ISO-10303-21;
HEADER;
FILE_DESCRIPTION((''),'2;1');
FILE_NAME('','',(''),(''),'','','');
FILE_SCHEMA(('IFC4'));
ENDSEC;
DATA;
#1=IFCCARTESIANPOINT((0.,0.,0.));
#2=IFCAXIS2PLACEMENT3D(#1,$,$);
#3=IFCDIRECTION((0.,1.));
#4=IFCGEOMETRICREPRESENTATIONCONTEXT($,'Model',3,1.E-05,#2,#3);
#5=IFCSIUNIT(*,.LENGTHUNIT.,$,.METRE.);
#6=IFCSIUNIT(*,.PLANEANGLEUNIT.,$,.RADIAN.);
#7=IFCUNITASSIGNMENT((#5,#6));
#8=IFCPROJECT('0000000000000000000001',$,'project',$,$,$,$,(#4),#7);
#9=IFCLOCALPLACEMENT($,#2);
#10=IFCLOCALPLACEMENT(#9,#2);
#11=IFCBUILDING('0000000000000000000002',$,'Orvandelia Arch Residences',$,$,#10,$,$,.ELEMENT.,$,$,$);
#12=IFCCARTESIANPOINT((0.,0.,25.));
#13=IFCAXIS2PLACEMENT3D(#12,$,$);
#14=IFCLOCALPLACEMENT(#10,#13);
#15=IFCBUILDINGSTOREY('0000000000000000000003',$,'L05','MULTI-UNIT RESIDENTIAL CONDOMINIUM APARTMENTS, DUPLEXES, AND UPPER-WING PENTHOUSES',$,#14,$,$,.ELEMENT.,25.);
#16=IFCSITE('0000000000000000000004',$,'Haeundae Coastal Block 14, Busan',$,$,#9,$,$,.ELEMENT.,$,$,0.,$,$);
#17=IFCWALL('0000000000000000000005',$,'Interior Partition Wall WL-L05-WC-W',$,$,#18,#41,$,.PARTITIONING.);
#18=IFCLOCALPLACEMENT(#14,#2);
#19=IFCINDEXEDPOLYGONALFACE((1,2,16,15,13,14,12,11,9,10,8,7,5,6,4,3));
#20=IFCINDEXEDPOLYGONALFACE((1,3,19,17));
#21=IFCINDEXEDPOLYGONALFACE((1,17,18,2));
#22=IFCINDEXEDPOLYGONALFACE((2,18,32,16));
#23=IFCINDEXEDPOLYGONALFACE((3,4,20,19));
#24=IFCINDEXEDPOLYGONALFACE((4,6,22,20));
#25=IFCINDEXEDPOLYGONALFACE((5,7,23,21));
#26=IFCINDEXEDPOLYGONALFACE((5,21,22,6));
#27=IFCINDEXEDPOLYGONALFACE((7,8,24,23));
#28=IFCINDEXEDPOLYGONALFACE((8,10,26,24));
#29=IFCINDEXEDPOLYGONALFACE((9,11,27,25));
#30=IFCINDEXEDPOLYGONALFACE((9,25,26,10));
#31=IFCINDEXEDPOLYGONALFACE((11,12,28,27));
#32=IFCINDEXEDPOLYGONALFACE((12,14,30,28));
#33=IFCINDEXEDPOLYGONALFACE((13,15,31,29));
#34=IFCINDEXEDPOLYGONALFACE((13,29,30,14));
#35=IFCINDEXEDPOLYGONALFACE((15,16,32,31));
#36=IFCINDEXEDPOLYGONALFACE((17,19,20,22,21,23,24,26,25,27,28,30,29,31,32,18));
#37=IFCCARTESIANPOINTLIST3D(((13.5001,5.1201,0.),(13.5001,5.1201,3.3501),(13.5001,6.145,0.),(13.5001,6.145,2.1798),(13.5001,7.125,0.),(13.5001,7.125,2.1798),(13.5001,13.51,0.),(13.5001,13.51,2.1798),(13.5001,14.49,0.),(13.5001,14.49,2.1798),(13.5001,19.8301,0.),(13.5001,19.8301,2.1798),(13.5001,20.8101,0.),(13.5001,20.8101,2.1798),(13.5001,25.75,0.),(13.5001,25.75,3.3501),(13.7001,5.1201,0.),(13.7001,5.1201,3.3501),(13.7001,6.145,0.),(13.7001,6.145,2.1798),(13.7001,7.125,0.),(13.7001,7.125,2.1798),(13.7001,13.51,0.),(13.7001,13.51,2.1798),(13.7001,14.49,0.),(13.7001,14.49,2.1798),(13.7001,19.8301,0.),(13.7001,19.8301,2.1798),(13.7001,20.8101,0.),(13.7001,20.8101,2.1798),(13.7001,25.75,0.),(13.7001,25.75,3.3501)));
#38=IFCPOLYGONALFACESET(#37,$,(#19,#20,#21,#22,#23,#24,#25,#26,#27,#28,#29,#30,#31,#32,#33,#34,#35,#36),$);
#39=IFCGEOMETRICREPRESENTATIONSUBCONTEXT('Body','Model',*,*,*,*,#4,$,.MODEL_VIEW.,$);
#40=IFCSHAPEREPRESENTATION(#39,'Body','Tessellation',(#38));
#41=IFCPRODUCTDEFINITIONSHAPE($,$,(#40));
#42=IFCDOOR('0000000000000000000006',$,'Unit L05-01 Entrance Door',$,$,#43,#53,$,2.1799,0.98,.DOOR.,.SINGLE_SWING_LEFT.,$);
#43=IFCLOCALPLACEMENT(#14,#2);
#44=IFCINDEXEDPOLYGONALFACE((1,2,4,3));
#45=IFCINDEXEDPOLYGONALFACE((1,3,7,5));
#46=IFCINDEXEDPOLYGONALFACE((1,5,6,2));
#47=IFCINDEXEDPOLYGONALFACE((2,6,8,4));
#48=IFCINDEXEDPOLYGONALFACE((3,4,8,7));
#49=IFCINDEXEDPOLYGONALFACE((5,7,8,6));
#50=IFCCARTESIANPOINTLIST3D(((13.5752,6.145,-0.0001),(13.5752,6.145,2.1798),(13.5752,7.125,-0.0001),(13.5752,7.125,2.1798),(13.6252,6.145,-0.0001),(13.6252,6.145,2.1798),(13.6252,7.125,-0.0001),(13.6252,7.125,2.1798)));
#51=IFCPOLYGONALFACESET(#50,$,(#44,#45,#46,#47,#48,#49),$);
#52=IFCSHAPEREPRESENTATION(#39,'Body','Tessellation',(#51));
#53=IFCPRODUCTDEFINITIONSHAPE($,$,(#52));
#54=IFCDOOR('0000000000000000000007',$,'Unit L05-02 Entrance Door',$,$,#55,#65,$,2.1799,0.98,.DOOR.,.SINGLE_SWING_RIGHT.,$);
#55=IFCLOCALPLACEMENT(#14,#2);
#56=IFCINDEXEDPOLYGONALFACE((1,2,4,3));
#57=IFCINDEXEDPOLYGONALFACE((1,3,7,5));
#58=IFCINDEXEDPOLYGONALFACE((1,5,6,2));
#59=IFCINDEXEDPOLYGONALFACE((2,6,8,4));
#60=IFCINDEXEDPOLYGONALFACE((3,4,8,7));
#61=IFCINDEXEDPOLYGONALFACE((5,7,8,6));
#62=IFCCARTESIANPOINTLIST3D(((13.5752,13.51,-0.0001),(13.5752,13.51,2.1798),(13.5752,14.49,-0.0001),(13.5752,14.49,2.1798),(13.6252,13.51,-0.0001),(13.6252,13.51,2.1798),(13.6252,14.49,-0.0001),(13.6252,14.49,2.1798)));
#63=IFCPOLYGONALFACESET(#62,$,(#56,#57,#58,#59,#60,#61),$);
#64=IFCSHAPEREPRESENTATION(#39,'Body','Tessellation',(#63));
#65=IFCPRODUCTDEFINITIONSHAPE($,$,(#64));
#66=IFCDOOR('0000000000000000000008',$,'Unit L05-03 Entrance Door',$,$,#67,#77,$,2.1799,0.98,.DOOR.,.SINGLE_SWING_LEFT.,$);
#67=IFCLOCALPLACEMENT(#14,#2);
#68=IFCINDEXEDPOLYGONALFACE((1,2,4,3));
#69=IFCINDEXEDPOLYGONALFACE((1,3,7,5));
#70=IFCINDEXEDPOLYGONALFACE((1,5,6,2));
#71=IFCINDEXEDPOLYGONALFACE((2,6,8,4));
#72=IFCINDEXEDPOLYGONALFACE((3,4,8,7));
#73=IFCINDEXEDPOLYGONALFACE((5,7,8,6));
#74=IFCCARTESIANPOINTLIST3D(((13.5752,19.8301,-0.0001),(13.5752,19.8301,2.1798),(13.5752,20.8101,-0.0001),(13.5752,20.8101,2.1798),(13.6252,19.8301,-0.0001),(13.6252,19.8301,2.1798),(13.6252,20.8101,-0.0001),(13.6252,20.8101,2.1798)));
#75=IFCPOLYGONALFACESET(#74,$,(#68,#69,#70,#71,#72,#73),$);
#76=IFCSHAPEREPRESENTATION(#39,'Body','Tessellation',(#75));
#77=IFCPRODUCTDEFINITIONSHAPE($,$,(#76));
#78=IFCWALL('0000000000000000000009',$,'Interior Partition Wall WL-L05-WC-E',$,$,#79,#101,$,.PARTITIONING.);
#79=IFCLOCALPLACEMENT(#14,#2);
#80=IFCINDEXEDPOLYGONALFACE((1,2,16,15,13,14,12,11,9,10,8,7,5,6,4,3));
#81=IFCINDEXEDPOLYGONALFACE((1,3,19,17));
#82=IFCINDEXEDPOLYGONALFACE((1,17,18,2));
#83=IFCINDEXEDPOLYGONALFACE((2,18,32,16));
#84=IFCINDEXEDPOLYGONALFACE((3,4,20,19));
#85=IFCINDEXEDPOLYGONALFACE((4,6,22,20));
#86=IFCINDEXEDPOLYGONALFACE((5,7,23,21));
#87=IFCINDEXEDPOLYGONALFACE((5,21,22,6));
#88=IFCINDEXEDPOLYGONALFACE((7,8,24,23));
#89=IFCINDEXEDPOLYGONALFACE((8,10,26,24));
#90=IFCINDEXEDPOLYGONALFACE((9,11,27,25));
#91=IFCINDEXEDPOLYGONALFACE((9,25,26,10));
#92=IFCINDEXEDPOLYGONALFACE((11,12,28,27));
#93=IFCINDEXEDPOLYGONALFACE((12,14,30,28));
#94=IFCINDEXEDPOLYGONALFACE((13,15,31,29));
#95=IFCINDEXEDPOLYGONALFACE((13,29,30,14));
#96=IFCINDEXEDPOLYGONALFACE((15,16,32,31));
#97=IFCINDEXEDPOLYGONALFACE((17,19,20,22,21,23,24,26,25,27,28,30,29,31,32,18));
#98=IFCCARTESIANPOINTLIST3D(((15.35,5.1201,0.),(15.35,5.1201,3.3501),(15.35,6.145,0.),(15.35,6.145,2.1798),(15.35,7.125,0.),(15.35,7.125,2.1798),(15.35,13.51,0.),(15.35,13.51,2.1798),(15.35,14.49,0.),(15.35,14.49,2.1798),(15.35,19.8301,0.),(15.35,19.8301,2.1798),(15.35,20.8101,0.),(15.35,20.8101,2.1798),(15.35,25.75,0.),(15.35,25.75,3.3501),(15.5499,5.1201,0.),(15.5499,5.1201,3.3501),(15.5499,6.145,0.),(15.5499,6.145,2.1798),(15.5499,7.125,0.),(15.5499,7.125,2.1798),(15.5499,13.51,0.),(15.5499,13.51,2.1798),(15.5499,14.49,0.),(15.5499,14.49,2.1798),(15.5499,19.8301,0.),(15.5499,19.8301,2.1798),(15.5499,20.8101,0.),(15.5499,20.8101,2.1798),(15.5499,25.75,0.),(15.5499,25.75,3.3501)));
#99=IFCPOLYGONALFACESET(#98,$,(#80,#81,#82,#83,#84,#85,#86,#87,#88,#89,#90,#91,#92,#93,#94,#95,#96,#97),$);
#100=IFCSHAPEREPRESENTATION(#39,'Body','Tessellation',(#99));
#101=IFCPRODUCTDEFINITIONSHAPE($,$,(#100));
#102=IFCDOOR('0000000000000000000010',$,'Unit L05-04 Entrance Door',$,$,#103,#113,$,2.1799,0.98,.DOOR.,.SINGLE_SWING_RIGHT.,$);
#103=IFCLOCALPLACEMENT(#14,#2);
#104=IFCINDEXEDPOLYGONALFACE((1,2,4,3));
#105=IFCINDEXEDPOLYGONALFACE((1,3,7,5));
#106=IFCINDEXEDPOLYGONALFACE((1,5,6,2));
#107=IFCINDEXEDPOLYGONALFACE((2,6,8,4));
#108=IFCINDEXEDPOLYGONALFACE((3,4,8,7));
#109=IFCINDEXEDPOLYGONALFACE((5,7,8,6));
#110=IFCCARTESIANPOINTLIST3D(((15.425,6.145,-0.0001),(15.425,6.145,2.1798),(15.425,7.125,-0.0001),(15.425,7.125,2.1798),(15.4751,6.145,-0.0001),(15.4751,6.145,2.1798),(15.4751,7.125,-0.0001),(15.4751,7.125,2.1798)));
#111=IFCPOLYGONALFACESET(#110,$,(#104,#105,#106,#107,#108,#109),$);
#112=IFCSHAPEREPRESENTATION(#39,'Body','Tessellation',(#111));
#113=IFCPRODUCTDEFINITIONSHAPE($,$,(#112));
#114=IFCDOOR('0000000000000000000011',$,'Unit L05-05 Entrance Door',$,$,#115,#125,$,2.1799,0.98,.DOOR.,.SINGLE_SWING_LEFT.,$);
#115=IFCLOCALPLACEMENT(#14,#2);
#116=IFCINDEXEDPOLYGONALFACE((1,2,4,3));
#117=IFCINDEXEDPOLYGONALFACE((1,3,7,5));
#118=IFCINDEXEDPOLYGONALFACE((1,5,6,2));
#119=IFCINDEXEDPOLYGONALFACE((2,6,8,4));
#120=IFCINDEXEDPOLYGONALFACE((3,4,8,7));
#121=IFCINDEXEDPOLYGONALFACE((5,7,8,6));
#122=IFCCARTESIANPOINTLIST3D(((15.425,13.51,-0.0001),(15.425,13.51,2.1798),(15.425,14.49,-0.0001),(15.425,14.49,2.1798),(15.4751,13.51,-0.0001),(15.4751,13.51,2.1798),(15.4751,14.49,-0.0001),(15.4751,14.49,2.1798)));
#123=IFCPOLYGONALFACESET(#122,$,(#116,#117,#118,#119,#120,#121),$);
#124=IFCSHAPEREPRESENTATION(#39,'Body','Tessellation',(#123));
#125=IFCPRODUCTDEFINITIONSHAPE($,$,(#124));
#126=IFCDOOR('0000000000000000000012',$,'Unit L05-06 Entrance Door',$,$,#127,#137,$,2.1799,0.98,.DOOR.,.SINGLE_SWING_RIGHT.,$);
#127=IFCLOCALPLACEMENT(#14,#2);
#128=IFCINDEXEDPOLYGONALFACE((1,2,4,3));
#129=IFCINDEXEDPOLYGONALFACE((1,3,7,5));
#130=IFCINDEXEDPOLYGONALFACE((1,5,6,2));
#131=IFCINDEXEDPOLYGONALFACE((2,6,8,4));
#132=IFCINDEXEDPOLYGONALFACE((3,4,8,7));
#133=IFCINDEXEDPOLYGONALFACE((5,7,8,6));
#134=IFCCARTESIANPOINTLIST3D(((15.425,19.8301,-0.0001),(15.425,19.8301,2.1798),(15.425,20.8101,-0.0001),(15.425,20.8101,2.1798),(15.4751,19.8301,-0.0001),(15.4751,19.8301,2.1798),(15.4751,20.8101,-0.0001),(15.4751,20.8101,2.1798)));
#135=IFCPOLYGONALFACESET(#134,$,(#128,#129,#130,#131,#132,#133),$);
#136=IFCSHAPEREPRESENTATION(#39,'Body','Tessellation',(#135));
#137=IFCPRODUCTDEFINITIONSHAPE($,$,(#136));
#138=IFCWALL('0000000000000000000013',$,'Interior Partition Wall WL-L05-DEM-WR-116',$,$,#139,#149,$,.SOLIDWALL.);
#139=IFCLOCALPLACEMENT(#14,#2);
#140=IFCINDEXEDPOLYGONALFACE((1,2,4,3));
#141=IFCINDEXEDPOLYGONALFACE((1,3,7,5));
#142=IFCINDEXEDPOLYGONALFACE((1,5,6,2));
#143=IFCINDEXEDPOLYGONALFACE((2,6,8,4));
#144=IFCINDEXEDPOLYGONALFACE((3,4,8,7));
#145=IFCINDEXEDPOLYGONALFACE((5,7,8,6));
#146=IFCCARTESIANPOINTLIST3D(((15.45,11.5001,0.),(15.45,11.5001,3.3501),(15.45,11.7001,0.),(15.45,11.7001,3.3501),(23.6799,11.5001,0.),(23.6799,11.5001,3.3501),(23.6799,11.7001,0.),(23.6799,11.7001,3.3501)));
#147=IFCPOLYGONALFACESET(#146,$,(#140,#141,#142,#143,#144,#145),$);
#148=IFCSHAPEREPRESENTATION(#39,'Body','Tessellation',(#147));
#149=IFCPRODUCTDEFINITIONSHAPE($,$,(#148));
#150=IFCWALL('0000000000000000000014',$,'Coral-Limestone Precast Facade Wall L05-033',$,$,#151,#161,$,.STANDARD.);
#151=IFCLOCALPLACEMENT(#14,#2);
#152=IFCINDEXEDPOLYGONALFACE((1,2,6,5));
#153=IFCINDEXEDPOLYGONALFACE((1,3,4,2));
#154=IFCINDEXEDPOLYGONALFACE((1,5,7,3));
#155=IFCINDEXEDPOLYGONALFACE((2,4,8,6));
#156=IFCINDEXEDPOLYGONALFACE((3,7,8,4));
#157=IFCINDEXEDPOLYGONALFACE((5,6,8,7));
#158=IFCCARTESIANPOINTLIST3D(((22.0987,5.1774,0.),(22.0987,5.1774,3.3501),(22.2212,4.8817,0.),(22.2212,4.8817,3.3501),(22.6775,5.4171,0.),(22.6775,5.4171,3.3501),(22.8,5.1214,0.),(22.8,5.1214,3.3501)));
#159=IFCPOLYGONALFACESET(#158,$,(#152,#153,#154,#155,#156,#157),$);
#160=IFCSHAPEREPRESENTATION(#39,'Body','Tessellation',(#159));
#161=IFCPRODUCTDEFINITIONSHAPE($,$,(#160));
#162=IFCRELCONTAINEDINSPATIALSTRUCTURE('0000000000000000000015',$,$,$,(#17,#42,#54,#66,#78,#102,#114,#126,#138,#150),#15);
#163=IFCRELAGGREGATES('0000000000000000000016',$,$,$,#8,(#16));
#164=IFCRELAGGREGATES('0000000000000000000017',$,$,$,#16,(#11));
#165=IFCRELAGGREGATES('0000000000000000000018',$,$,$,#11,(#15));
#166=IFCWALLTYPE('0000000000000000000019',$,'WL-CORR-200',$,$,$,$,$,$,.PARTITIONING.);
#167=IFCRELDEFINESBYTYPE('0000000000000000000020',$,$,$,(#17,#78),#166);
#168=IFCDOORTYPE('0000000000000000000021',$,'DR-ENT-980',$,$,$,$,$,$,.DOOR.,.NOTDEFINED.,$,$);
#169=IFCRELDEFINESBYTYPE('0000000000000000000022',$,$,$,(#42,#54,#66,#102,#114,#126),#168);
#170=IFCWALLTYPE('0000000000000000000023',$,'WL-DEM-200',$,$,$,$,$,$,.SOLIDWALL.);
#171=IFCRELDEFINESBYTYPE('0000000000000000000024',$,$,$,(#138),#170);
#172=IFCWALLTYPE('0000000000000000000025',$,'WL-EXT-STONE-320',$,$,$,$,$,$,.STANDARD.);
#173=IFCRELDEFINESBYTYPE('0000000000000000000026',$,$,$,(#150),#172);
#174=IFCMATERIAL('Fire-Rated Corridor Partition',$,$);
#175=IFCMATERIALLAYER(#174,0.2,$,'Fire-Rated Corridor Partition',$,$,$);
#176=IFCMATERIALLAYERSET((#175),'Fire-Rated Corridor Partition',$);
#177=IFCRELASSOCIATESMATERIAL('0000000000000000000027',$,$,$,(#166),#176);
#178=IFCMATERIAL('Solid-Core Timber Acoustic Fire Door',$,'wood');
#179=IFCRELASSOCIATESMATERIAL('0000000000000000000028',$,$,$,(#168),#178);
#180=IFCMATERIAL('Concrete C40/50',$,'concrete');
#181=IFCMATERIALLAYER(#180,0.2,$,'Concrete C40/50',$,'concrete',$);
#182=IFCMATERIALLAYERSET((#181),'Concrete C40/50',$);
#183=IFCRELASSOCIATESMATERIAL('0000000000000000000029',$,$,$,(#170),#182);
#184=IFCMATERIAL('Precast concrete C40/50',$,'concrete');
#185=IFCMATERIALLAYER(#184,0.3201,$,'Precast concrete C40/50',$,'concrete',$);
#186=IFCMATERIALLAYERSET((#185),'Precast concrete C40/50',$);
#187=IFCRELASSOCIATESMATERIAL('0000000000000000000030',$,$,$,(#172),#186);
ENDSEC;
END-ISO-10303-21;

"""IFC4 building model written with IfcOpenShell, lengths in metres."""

from ifc_helpers import new_model, si_unit, direction, frame, frame_2d, origin, place, context, subcontext, project, spatial, rectangle, extrude, material, layer, layer_set, type_object, element, fill, save


model = new_model("IFC4")

# Units and contexts
model_context = context("Model", 3, precision=1e-05, world=origin(), true_north=direction((0.0, 1.0)))
body_context = subcontext(model_context, "Body", "Model", "MODEL_VIEW")
ifc_project = project(units=[si_unit("LENGTHUNIT", "METRE"), si_unit("PLANEANGLEUNIT", "RADIAN")], contexts=[model_context])

# Site, building, storey
site_placement = place(None, origin())
site = spatial("IfcSite", under=ifc_project, at=site_placement, Name="Haeundae Coastal Block 14, Busan", CompositionType="ELEMENT", RefElevation=0.0)
building_placement = place(site_placement, origin())
building = spatial("IfcBuilding", under=site, at=building_placement, Name="Orvandelia Arch Residences", CompositionType="ELEMENT")
storey_placement = place(building_placement, frame((0.0, 0.0, 25.0)))
storey = spatial("IfcBuildingStorey", under=building, at=storey_placement, Name="L05", Description="MULTI-UNIT RESIDENTIAL CONDOMINIUM APARTMENTS, DUPLEXES, AND UPPER-WING PENTHOUSES", CompositionType="ELEMENT", Elevation=25.0)

# Walls, openings, doors
ifc_material_1 = material(Name="Fire-Rated Corridor Partition")
ifc_layer_1 = layer(ifc_material_1, 0.2, Name="Fire-Rated Corridor Partition")
ifc_layer_set_1 = layer_set([ifc_layer_1], Name="Fire-Rated Corridor Partition")
wall_type_1 = type_object("IfcWallType", Name="WL-CORR-200", PredefinedType="PARTITIONING", material=ifc_layer_set_1)
wall_1_placement = place(storey_placement, frame((13.6001, 5.1201, 0.0), z_axis=(0.0, 0.0, 1.0), x_axis=(0.0, 1.0, 0.0)))
wall_1 = element("IfcWall", 1, at=wall_1_placement, inside=storey, type_object=wall_type_1, Name="Interior Partition Wall WL-L05-WC-W", PredefinedType="PARTITIONING", context=body_context, shape_type="SweptSolid", body=[
    extrude(rectangle(XDim=20.6299, YDim=0.2, at=frame_2d((10.3149, 0.0))), origin(), (0.0, 0.0, 1.0), 3.3501),
])
opening_1_placement = place(wall_1_placement, frame((1.0249, 0.0, 0.0)))
opening_1 = element("IfcOpeningElement", 2, at=opening_1_placement, cuts=wall_1, PredefinedType="OPENING", context=body_context, shape_type="SweptSolid", body=[
    extrude(rectangle(XDim=0.98, YDim=2.1799, at=frame_2d((0.49, 1.0898))), frame((0.0, 0.1099, 0.0), z_axis=(0.0, -1.0, 0.0), x_axis=(1.0, 0.0, 0.0)), (0.0, 0.0, 1.0), 0.22),
])
opening_2_placement = place(wall_1_placement, frame((8.3899, 0.0, 0.0)))
opening_2 = element("IfcOpeningElement", 3, at=opening_2_placement, cuts=wall_1, PredefinedType="OPENING", context=body_context, shape_type="SweptSolid", body=[
    extrude(rectangle(XDim=0.98, YDim=2.1799, at=frame_2d((0.49, 1.0898))), frame((0.0, 0.1099, 0.0), z_axis=(0.0, -1.0, 0.0), x_axis=(1.0, 0.0, 0.0)), (0.0, 0.0, 1.0), 0.22),
])
opening_3_placement = place(wall_1_placement, frame((14.71, 0.0, 0.0)))
opening_3 = element("IfcOpeningElement", 4, at=opening_3_placement, cuts=wall_1, PredefinedType="OPENING", context=body_context, shape_type="SweptSolid", body=[
    extrude(rectangle(XDim=0.98, YDim=2.1799, at=frame_2d((0.49, 1.0898))), frame((0.0, 0.1099, 0.0), z_axis=(0.0, -1.0, 0.0), x_axis=(1.0, 0.0, 0.0)), (0.0, 0.0, 1.0), 0.22),
])
ifc_material_2 = material(Name="Solid-Core Timber Acoustic Fire Door", Category="wood")
door_type_1 = type_object("IfcDoorType", Name="DR-ENT-980", OperationType="NOTDEFINED", PredefinedType="DOOR", material=ifc_material_2)
door_1_placement = place(opening_1_placement, origin())
door_1 = element("IfcDoor", 5, at=door_1_placement, inside=storey, type_object=door_type_1, Name="Unit L05-01 Entrance Door", OperationType="SINGLE_SWING_LEFT", OverallHeight=2.1799, OverallWidth=0.98, PredefinedType="DOOR", context=body_context, shape_type="SweptSolid", body=[
    extrude(rectangle(XDim=0.98, YDim=2.1799, at=frame_2d((0.49, 1.0898))), frame((0.0, 0.0249, 0.0), z_axis=(0.0, -1.0, 0.0), x_axis=(1.0, 0.0, 0.0)), (0.0, 0.0, 1.0), 0.05),
])
fill(opening_1, door_1)
door_2_placement = place(opening_2_placement, origin())
door_2 = element("IfcDoor", 6, at=door_2_placement, inside=storey, type_object=door_type_1, Name="Unit L05-02 Entrance Door", OperationType="SINGLE_SWING_RIGHT", OverallHeight=2.1799, OverallWidth=0.98, PredefinedType="DOOR", context=body_context, shape_type="SweptSolid", body=[
    extrude(rectangle(XDim=0.98, YDim=2.1799, at=frame_2d((0.49, 1.0898))), frame((0.0, 0.0249, 0.0), z_axis=(0.0, -1.0, 0.0), x_axis=(1.0, 0.0, 0.0)), (0.0, 0.0, 1.0), 0.05),
])
fill(opening_2, door_2)
door_3_placement = place(opening_3_placement, origin())
door_3 = element("IfcDoor", 7, at=door_3_placement, inside=storey, type_object=door_type_1, Name="Unit L05-03 Entrance Door", OperationType="SINGLE_SWING_LEFT", OverallHeight=2.1799, OverallWidth=0.98, PredefinedType="DOOR", context=body_context, shape_type="SweptSolid", body=[
    extrude(rectangle(XDim=0.98, YDim=2.1799, at=frame_2d((0.49, 1.0898))), frame((0.0, 0.0249, 0.0), z_axis=(0.0, -1.0, 0.0), x_axis=(1.0, 0.0, 0.0)), (0.0, 0.0, 1.0), 0.05),
])
fill(opening_3, door_3)
wall_2_placement = place(storey_placement, frame((15.45, 5.1201, 0.0), z_axis=(0.0, 0.0, 1.0), x_axis=(0.0, 1.0, 0.0)))
wall_2 = element("IfcWall", 8, at=wall_2_placement, inside=storey, type_object=wall_type_1, Name="Interior Partition Wall WL-L05-WC-E", PredefinedType="PARTITIONING", context=body_context, shape_type="SweptSolid", body=[
    extrude(rectangle(XDim=20.6299, YDim=0.2, at=frame_2d((10.3149, 0.0))), origin(), (0.0, 0.0, 1.0), 3.3501),
])
opening_4_placement = place(wall_2_placement, frame((1.0249, 0.0, 0.0)))
opening_4 = element("IfcOpeningElement", 9, at=opening_4_placement, cuts=wall_2, PredefinedType="OPENING", context=body_context, shape_type="SweptSolid", body=[
    extrude(rectangle(XDim=0.98, YDim=2.1799, at=frame_2d((0.49, 1.0898))), frame((0.0, 0.1099, 0.0), z_axis=(0.0, -1.0, 0.0), x_axis=(1.0, 0.0, 0.0)), (0.0, 0.0, 1.0), 0.22),
])
opening_5_placement = place(wall_2_placement, frame((8.3899, 0.0, 0.0)))
opening_5 = element("IfcOpeningElement", 10, at=opening_5_placement, cuts=wall_2, PredefinedType="OPENING", context=body_context, shape_type="SweptSolid", body=[
    extrude(rectangle(XDim=0.98, YDim=2.1799, at=frame_2d((0.49, 1.0898))), frame((0.0, 0.1099, 0.0), z_axis=(0.0, -1.0, 0.0), x_axis=(1.0, 0.0, 0.0)), (0.0, 0.0, 1.0), 0.22),
])
opening_6_placement = place(wall_2_placement, frame((14.71, 0.0, 0.0)))
opening_6 = element("IfcOpeningElement", 11, at=opening_6_placement, cuts=wall_2, PredefinedType="OPENING", context=body_context, shape_type="SweptSolid", body=[
    extrude(rectangle(XDim=0.98, YDim=2.1799, at=frame_2d((0.49, 1.0898))), frame((0.0, 0.1099, 0.0), z_axis=(0.0, -1.0, 0.0), x_axis=(1.0, 0.0, 0.0)), (0.0, 0.0, 1.0), 0.22),
])
door_4_placement = place(opening_4_placement, origin())
door_4 = element("IfcDoor", 12, at=door_4_placement, inside=storey, type_object=door_type_1, Name="Unit L05-04 Entrance Door", OperationType="SINGLE_SWING_RIGHT", OverallHeight=2.1799, OverallWidth=0.98, PredefinedType="DOOR", context=body_context, shape_type="SweptSolid", body=[
    extrude(rectangle(XDim=0.98, YDim=2.1799, at=frame_2d((0.49, 1.0898))), frame((0.0, 0.0249, 0.0), z_axis=(0.0, -1.0, 0.0), x_axis=(1.0, 0.0, 0.0)), (0.0, 0.0, 1.0), 0.05),
])
fill(opening_4, door_4)
door_5_placement = place(opening_5_placement, origin())
door_5 = element("IfcDoor", 13, at=door_5_placement, inside=storey, type_object=door_type_1, Name="Unit L05-05 Entrance Door", OperationType="SINGLE_SWING_LEFT", OverallHeight=2.1799, OverallWidth=0.98, PredefinedType="DOOR", context=body_context, shape_type="SweptSolid", body=[
    extrude(rectangle(XDim=0.98, YDim=2.1799, at=frame_2d((0.49, 1.0898))), frame((0.0, 0.0249, 0.0), z_axis=(0.0, -1.0, 0.0), x_axis=(1.0, 0.0, 0.0)), (0.0, 0.0, 1.0), 0.05),
])
fill(opening_5, door_5)
door_6_placement = place(opening_6_placement, origin())
door_6 = element("IfcDoor", 14, at=door_6_placement, inside=storey, type_object=door_type_1, Name="Unit L05-06 Entrance Door", OperationType="SINGLE_SWING_RIGHT", OverallHeight=2.1799, OverallWidth=0.98, PredefinedType="DOOR", context=body_context, shape_type="SweptSolid", body=[
    extrude(rectangle(XDim=0.98, YDim=2.1799, at=frame_2d((0.49, 1.0898))), frame((0.0, 0.0249, 0.0), z_axis=(0.0, -1.0, 0.0), x_axis=(1.0, 0.0, 0.0)), (0.0, 0.0, 1.0), 0.05),
])
fill(opening_6, door_6)

# Walls
ifc_material_3 = material(Name="Concrete C40/50", Category="concrete")
ifc_layer_2 = layer(ifc_material_3, 0.2, Name="Concrete C40/50", Category="concrete")
ifc_layer_set_2 = layer_set([ifc_layer_2], Name="Concrete C40/50")
wall_type_2 = type_object("IfcWallType", Name="WL-DEM-200", PredefinedType="SOLIDWALL", material=ifc_layer_set_2)
wall_3_placement = place(storey_placement, frame((15.45, 11.6001, 0.0), z_axis=(0.0, 0.0, 1.0), x_axis=(1.0, 0.0, 0.0)))
element("IfcWall", 15, at=wall_3_placement, inside=storey, type_object=wall_type_2, Name="Interior Partition Wall WL-L05-DEM-WR-116", PredefinedType="SOLIDWALL", context=body_context, shape_type="SweptSolid", body=[
    extrude(rectangle(XDim=8.23, YDim=0.2, at=frame_2d((4.115, 0.0))), origin(), (0.0, 0.0, 1.0), 3.3501),
])
ifc_material_4 = material(Name="Precast concrete C40/50", Category="concrete")
ifc_layer_3 = layer(ifc_material_4, 0.3201, Name="Precast concrete C40/50", Category="concrete")
ifc_layer_set_3 = layer_set([ifc_layer_3], Name="Precast concrete C40/50")
wall_type_3 = type_object("IfcWallType", Name="WL-EXT-STONE-320", PredefinedType="STANDARD", material=ifc_layer_set_3)
for number, where, z_axis, x_axis, name in (
    (16, (22.7388, 5.2693, 0.0), (0.0, 0.0, 1.0), (-0.923893, -0.38265, 0.0), "Coral-Limestone Precast Facade Wall L05-033"),
):
    element("IfcWall", number, at=place(storey_placement, frame(where, z_axis=z_axis, x_axis=x_axis)), inside=storey, type_object=wall_type_3, Name=name, PredefinedType="STANDARD", context=body_context, shape_type="SweptSolid", body=[
        extrude(rectangle(XDim=0.6265, YDim=0.3201, at=frame_2d((0.3132, 0.0))), origin(), (0.0, 0.0, 1.0), 3.3501),
    ])

save(model, "model.ifc")
